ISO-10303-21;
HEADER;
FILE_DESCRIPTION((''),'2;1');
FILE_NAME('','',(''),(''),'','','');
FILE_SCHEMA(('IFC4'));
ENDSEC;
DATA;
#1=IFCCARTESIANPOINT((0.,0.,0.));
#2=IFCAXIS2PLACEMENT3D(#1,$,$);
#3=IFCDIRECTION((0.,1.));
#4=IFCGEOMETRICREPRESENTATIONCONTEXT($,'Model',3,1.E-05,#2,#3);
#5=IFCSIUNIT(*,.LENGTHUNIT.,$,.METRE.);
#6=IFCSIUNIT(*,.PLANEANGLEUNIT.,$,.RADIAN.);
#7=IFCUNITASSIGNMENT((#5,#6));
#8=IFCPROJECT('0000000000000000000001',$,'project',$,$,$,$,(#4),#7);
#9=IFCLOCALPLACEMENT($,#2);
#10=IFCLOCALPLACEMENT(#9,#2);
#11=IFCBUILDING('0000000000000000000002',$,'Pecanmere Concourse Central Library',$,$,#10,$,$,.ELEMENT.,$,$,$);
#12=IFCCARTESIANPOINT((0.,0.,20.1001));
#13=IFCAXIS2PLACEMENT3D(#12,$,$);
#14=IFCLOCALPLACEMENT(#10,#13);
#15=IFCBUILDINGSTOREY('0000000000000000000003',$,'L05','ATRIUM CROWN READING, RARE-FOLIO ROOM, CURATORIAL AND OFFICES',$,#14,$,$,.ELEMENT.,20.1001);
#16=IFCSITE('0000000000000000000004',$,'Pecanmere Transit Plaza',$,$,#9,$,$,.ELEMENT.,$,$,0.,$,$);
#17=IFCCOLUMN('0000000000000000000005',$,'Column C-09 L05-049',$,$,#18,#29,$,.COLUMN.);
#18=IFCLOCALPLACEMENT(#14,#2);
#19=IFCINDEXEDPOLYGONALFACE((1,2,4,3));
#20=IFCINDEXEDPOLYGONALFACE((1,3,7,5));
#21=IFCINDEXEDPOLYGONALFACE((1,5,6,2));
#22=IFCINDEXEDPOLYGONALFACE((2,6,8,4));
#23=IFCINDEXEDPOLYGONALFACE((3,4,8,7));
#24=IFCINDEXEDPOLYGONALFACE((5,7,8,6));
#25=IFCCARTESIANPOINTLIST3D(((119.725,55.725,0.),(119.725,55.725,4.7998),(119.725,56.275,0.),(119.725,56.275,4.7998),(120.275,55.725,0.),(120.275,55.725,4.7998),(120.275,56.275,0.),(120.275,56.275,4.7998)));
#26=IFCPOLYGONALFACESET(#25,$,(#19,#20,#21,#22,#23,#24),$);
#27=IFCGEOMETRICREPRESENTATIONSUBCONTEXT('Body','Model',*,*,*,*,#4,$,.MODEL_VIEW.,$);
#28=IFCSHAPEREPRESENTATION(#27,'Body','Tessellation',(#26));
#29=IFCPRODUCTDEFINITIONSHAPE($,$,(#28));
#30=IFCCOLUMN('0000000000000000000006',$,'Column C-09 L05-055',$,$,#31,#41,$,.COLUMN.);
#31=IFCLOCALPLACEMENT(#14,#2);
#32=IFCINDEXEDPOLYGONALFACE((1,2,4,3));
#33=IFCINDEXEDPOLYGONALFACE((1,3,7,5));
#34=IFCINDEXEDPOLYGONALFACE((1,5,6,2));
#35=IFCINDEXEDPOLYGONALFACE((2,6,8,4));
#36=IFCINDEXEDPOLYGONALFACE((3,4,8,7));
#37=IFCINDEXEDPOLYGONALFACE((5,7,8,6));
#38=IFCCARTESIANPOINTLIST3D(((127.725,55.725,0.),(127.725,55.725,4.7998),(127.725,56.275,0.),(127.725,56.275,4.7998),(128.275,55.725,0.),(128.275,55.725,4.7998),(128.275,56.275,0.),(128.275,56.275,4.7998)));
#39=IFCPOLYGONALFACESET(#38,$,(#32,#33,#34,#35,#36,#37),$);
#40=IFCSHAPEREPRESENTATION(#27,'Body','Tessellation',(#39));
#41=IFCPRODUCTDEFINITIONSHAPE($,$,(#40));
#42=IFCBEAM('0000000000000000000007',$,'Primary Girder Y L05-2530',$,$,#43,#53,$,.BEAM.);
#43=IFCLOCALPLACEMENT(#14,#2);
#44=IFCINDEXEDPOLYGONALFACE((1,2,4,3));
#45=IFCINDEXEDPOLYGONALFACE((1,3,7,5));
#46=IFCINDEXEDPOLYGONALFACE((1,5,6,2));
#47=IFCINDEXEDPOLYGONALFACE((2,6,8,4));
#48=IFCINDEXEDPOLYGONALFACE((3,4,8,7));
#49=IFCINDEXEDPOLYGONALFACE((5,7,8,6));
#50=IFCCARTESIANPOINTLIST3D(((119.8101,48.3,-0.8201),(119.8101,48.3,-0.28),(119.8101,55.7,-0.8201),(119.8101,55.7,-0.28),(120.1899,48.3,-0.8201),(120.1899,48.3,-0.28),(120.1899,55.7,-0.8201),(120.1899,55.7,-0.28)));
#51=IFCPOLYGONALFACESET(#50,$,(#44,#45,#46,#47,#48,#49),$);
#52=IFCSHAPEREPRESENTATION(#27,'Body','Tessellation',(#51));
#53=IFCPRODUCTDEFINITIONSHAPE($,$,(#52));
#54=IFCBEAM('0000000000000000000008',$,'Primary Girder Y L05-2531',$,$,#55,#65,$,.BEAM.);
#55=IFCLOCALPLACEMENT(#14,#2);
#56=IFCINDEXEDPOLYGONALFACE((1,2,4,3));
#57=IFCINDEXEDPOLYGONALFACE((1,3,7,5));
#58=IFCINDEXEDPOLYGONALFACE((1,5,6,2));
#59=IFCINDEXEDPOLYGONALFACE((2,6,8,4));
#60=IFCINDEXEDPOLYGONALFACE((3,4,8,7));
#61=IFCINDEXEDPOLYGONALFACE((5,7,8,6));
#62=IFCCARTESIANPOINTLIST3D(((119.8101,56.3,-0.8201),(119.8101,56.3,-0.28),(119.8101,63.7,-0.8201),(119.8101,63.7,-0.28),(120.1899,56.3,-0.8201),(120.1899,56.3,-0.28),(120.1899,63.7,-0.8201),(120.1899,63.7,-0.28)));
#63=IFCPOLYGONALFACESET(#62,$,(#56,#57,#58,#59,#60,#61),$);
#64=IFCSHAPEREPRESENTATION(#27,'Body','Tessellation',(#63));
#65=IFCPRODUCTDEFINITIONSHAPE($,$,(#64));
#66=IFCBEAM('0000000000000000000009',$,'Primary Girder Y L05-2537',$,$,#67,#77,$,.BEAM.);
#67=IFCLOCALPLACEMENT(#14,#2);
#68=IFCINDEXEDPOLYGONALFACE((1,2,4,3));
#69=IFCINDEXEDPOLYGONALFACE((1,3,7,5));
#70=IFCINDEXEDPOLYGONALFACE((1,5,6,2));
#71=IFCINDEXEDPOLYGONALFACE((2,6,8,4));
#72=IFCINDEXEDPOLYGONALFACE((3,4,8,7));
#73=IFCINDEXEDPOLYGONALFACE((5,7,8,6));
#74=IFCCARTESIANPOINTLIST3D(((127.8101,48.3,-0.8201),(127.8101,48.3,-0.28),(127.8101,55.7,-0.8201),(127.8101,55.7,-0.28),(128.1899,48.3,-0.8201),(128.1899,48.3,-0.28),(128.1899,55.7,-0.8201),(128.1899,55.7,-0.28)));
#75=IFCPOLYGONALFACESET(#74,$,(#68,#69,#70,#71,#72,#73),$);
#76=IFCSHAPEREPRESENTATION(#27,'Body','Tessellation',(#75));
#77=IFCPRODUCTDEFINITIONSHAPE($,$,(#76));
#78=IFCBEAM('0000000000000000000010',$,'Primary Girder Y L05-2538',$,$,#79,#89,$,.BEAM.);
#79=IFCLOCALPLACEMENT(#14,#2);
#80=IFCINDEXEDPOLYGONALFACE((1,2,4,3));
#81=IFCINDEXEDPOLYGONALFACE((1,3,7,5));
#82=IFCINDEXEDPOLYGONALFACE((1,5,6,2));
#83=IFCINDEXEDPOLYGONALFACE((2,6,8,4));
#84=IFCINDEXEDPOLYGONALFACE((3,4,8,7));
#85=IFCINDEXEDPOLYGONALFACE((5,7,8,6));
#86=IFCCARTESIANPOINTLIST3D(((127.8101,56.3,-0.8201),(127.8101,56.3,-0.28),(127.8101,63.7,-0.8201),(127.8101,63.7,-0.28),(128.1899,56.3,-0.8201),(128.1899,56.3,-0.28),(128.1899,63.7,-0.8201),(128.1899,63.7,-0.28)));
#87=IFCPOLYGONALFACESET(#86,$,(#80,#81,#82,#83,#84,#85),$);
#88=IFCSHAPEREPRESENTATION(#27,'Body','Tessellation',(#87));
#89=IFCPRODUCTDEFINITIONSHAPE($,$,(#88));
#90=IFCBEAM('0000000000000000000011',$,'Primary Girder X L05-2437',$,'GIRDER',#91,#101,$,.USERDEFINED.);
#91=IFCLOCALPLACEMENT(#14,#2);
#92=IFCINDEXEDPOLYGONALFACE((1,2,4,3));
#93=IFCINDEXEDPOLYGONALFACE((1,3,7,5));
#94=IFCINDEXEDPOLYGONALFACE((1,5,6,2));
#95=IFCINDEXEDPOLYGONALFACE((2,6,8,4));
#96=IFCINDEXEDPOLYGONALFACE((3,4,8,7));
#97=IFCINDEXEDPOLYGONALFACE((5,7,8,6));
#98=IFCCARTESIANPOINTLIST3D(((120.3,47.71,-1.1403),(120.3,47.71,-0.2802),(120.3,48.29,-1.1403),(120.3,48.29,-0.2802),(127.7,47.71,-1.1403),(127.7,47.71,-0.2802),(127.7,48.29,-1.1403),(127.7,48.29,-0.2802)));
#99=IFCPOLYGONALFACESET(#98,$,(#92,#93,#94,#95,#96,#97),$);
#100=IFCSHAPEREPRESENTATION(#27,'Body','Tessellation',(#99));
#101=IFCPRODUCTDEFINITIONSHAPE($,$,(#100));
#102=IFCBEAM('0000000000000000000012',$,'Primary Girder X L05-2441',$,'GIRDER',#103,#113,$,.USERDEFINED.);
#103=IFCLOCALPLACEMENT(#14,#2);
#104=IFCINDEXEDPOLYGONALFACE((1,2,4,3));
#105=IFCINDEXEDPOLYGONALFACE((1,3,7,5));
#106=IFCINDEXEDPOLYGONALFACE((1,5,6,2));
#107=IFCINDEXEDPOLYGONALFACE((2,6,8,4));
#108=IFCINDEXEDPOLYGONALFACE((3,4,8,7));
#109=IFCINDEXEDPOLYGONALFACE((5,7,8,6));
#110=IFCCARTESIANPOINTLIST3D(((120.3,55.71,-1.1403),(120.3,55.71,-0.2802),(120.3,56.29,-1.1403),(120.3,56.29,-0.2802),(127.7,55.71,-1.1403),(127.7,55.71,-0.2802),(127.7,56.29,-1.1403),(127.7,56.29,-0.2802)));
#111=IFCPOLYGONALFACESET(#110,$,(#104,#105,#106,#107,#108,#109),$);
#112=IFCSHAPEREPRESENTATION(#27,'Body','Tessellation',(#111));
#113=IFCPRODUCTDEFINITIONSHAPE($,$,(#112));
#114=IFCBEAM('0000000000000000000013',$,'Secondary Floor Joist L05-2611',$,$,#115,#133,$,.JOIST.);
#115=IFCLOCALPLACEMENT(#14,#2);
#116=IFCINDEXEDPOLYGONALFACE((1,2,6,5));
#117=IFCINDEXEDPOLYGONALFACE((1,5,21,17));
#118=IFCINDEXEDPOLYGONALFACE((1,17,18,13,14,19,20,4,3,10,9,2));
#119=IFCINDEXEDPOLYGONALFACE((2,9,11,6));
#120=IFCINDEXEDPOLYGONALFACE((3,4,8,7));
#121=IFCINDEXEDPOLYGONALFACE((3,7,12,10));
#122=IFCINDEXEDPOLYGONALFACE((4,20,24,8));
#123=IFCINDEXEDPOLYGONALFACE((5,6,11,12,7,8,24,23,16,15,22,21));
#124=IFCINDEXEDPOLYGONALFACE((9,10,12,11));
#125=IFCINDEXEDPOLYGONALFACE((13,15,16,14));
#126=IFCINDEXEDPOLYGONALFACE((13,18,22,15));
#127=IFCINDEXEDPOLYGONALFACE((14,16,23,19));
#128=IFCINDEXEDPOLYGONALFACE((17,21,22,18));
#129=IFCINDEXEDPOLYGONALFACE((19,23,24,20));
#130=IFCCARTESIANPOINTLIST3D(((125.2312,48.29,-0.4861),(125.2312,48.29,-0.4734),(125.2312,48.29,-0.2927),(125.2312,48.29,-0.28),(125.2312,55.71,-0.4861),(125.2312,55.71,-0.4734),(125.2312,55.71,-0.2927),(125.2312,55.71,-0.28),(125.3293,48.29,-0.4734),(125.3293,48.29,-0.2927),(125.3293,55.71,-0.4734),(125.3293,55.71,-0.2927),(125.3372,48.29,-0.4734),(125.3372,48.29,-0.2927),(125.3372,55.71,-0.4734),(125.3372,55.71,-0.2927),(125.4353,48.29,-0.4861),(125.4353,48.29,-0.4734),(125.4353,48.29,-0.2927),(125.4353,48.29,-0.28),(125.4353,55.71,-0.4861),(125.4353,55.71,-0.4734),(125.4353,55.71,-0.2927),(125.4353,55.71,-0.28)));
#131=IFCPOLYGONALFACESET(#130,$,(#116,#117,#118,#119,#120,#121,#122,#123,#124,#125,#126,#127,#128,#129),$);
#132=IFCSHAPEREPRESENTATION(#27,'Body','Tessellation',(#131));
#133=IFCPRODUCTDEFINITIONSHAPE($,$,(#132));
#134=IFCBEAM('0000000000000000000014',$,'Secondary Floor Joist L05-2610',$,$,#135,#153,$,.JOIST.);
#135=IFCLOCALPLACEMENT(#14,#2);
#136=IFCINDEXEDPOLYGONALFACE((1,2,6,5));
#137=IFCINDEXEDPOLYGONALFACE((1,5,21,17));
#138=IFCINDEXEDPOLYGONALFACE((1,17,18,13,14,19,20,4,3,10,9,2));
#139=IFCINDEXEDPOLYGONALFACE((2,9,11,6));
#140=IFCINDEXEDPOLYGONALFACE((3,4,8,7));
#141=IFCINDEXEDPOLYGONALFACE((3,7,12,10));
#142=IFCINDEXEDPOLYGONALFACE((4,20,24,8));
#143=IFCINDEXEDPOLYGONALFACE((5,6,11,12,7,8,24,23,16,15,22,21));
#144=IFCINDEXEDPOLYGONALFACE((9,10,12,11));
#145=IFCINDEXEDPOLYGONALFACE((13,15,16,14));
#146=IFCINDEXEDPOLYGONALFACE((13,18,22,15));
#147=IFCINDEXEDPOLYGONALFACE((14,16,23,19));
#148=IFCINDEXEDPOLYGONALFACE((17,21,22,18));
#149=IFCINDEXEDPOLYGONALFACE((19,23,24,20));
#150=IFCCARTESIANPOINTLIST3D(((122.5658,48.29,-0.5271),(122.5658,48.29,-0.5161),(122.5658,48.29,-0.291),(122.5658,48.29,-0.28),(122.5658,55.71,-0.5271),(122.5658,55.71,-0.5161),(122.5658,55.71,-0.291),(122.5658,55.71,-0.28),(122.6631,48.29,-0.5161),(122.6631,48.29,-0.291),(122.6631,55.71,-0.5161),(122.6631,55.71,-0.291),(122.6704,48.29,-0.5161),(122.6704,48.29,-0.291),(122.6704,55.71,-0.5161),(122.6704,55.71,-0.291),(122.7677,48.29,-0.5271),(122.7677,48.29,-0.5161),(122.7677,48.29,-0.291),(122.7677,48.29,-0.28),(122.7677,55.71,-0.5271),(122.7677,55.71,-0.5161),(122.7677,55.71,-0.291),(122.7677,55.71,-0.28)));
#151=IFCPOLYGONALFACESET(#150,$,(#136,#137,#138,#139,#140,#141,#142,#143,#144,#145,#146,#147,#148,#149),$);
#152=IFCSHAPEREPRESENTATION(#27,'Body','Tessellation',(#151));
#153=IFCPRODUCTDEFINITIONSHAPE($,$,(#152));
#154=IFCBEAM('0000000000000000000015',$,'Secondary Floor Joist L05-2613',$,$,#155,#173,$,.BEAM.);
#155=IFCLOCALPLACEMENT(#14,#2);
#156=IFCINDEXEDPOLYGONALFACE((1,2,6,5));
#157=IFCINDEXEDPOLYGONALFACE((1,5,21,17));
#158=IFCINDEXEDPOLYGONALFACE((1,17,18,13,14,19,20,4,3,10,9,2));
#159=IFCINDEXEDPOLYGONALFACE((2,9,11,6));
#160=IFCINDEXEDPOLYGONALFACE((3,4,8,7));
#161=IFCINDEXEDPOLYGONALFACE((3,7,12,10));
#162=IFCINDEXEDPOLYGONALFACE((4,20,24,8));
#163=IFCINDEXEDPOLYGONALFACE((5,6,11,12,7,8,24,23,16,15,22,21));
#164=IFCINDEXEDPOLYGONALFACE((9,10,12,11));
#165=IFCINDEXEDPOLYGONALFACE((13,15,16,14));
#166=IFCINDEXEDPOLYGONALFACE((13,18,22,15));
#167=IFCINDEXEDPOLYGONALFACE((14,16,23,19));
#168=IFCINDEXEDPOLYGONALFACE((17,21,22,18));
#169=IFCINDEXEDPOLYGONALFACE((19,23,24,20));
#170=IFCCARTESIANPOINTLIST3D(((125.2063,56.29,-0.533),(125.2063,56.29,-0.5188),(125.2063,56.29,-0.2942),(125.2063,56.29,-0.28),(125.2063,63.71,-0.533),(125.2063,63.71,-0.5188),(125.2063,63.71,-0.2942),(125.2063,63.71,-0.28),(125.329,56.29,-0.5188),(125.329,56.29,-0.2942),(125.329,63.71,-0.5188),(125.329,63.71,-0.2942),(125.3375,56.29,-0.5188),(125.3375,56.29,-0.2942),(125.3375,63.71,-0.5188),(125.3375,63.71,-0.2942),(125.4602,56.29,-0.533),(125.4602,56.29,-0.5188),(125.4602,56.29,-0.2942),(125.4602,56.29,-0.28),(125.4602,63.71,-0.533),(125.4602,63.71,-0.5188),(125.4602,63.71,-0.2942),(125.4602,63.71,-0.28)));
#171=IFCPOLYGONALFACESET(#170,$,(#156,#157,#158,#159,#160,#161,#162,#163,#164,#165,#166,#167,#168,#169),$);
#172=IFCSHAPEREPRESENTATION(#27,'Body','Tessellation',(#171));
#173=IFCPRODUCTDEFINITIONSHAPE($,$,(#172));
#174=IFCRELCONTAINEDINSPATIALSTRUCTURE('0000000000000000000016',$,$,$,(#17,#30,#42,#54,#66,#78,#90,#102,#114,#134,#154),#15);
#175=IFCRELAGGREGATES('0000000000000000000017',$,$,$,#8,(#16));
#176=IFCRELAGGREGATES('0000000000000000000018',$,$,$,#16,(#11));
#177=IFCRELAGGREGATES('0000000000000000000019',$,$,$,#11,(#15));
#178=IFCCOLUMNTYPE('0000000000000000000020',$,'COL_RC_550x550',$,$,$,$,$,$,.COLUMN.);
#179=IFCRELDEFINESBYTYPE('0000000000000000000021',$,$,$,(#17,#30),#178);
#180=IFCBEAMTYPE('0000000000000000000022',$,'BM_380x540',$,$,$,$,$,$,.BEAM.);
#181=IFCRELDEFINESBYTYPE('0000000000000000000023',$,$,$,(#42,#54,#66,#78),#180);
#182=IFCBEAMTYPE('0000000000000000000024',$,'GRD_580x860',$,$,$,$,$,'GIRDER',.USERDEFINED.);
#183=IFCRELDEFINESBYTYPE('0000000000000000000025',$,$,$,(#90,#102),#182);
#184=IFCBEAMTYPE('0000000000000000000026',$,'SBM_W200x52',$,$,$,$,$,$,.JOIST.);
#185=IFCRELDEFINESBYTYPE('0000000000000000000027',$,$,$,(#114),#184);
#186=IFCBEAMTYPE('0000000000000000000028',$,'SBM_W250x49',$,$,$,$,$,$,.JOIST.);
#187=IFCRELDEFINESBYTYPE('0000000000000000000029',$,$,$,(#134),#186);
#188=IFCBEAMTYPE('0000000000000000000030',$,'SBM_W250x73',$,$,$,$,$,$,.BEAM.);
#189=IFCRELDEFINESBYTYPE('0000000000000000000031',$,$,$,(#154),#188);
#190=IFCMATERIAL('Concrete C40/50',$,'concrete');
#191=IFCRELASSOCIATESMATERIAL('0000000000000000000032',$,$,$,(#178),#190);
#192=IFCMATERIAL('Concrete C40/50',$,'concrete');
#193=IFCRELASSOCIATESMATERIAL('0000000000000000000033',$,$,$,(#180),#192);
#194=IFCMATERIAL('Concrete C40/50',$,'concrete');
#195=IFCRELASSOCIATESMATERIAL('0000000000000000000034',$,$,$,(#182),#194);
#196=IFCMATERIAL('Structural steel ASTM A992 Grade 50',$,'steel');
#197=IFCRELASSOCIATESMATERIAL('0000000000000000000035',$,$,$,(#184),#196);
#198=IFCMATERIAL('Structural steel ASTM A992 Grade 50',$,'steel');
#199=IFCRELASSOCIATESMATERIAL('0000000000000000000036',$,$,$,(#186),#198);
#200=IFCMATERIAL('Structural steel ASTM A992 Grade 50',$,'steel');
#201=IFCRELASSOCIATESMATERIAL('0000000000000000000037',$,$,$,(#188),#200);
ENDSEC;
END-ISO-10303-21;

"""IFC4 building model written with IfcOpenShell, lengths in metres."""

from ifc_helpers import new_model, si_unit, direction, frame, origin, origin_2d, place, context, subcontext, project, spatial, rectangle, i_section, extrude, material, material_profile, profile_set, type_object, element, save


model = new_model("IFC4")

# Units and contexts
model_context = context("Model", 3, precision=1e-05, world=origin(), true_north=direction((0.0, 1.0)))
body_context = subcontext(model_context, "Body", "Model", "MODEL_VIEW")
ifc_project = project(units=[si_unit("LENGTHUNIT", "METRE"), si_unit("PLANEANGLEUNIT", "RADIAN")], contexts=[model_context])

# Site, building, storey
site_placement = place(None, origin())
site = spatial("IfcSite", under=ifc_project, at=site_placement, Name="Pecanmere Transit Plaza", CompositionType="ELEMENT", RefElevation=0.0)
building_placement = place(site_placement, origin())
building = spatial("IfcBuilding", under=site, at=building_placement, Name="Pecanmere Concourse Central Library", CompositionType="ELEMENT")
storey_placement = place(building_placement, frame((0.0, 0.0, 20.1001)))
storey = spatial("IfcBuildingStorey", under=building, at=storey_placement, Name="L05", Description="ATRIUM CROWN READING, RARE-FOLIO ROOM, CURATORIAL AND OFFICES", CompositionType="ELEMENT", Elevation=20.1001)

# Columns
ifc_material_1 = material(Name="Concrete C40/50", Category="concrete")
ifc_material_profile_1 = material_profile(ifc_material_1, rectangle(XDim=0.55, YDim=0.55, at=origin_2d()), Name="RC 550x550")
ifc_profile_set_1 = profile_set([ifc_material_profile_1], Name="Concrete C40/50")
column_type = type_object("IfcColumnType", Name="COL_RC_550x550", PredefinedType="COLUMN", material=ifc_profile_set_1)
for number, where, z_axis, x_axis, name in (
    (1, (120.0, 56.0, 0.0), (0.0, 0.0, 1.0), (1.0, 0.0, 0.0), "Column C-09 L05-049"),
    (2, (128.0, 56.0, 0.0), (0.0, 0.0, 1.0), (1.0, 0.0, 0.0), "Column C-09 L05-055"),
):
    element("IfcColumn", number, at=place(storey_placement, frame(where, z_axis=z_axis, x_axis=x_axis)), inside=storey, type_object=column_type, Name=name, PredefinedType="COLUMN", context=body_context, shape_type="SweptSolid", body=[
        extrude(rectangle(XDim=0.55, YDim=0.55, at=origin_2d()), origin(), (0.0, 0.0, 1.0), 4.7998),
    ])

# Beams
ifc_material_2 = material(Name="Concrete C40/50", Category="concrete")
ifc_material_profile_2 = material_profile(ifc_material_2, rectangle(XDim=0.3799, YDim=0.54, at=origin_2d()), Name="RC 380x540")
ifc_profile_set_2 = profile_set([ifc_material_profile_2], Name="Concrete C40/50")
beam_type_1 = type_object("IfcBeamType", Name="BM_380x540", PredefinedType="BEAM", material=ifc_profile_set_2)
for number, where, z_axis, x_axis, name in (
    (3, (120.0, 48.3, -0.55), (0.0, 1.0, 0.0), (-1.0, 0.0, 0.0), "Primary Girder Y L05-2530"),
    (4, (120.0, 56.3, -0.55), (0.0, 1.0, 0.0), (-1.0, 0.0, 0.0), "Primary Girder Y L05-2531"),
    (5, (128.0, 48.3, -0.55), (0.0, 1.0, 0.0), (-1.0, 0.0, 0.0), "Primary Girder Y L05-2537"),
    (6, (128.0, 56.3, -0.55), (0.0, 1.0, 0.0), (-1.0, 0.0, 0.0), "Primary Girder Y L05-2538"),
):
    element("IfcBeam", number, at=place(storey_placement, frame(where, z_axis=z_axis, x_axis=x_axis)), inside=storey, type_object=beam_type_1, Name=name, PredefinedType="BEAM", context=body_context, shape_type="SweptSolid", body=[
        extrude(rectangle(XDim=0.3799, YDim=0.54, at=origin_2d()), origin(), (0.0, 0.0, 1.0), 7.3999),
    ])
ifc_material_3 = material(Name="Concrete C40/50", Category="concrete")
ifc_material_profile_3 = material_profile(ifc_material_3, rectangle(XDim=0.5801, YDim=0.8601, at=origin_2d()), Name="RC 580x860")
ifc_profile_set_3 = profile_set([ifc_material_profile_3], Name="Concrete C40/50")
beam_type_2 = type_object("IfcBeamType", Name="GRD_580x860", ElementType="GIRDER", PredefinedType="USERDEFINED", material=ifc_profile_set_3)
for number, where, z_axis, x_axis, name in (
    (7, (120.3, 48.0, -0.7102), (1.0, 0.0, 0.0), (0.0, 1.0, 0.0), "Primary Girder X L05-2437"),
    (8, (120.3, 56.0, -0.7102), (1.0, 0.0, 0.0), (0.0, 1.0, 0.0), "Primary Girder X L05-2441"),
):
    element("IfcBeam", number, at=place(storey_placement, frame(where, z_axis=z_axis, x_axis=x_axis)), inside=storey, type_object=beam_type_2, Name=name, ObjectType="GIRDER", PredefinedType="USERDEFINED", context=body_context, shape_type="SweptSolid", body=[
        extrude(rectangle(XDim=0.5801, YDim=0.8601, at=origin_2d()), origin(), (0.0, 0.0, 1.0), 7.3999),
    ])
ifc_material_4 = material(Name="Structural steel ASTM A992 Grade 50", Category="steel")
ifc_material_profile_4 = material_profile(ifc_material_4, i_section(OverallWidth=0.2041, OverallDepth=0.2061, WebThickness=0.0078, FlangeThickness=0.0127, at=origin_2d()), Name="W200x52")
ifc_profile_set_4 = profile_set([ifc_material_profile_4], Name="Structural steel ASTM A992 Grade 50")
beam_type_3 = type_object("IfcBeamType", Name="SBM_W200x52", PredefinedType="JOIST", material=ifc_profile_set_4)
beam_1_placement = place(storey_placement, frame((125.3333, 48.29, -0.3831), z_axis=(0.0, 1.0, 0.0), x_axis=(-1.0, 0.0, 0.0)))
element("IfcBeam", 9, at=beam_1_placement, inside=storey, type_object=beam_type_3, Name="Secondary Floor Joist L05-2611", PredefinedType="JOIST", context=body_context, shape_type="SweptSolid", body=[
    extrude(i_section(OverallWidth=0.2041, OverallDepth=0.2061, WebThickness=0.0078, FlangeThickness=0.0127, at=origin_2d()), origin(), (0.0, 0.0, 1.0), 7.4199),
])
ifc_material_5 = material(Name="Structural steel ASTM A992 Grade 50", Category="steel")
ifc_material_profile_5 = material_profile(ifc_material_5, i_section(OverallWidth=0.2019, OverallDepth=0.2471, WebThickness=0.0073, FlangeThickness=0.011, at=origin_2d()), Name="W250x49.1")
ifc_profile_set_5 = profile_set([ifc_material_profile_5], Name="Structural steel ASTM A992 Grade 50")
beam_type_4 = type_object("IfcBeamType", Name="SBM_W250x49", PredefinedType="JOIST", material=ifc_profile_set_5)
beam_2_placement = place(storey_placement, frame((122.6667, 48.29, -0.4036), z_axis=(0.0, 1.0, 0.0), x_axis=(-1.0, 0.0, 0.0)))
element("IfcBeam", 10, at=beam_2_placement, inside=storey, type_object=beam_type_4, Name="Secondary Floor Joist L05-2610", PredefinedType="JOIST", context=body_context, shape_type="SweptSolid", body=[
    extrude(i_section(OverallWidth=0.2019, OverallDepth=0.2471, WebThickness=0.0073, FlangeThickness=0.011, at=origin_2d()), origin(), (0.0, 0.0, 1.0), 7.4199),
])
ifc_material_6 = material(Name="Structural steel ASTM A992 Grade 50", Category="steel")
ifc_material_profile_6 = material_profile(ifc_material_6, i_section(OverallWidth=0.2539, OverallDepth=0.2529, WebThickness=0.0085, FlangeThickness=0.0142, at=origin_2d()), Name="W250x73")
ifc_profile_set_6 = profile_set([ifc_material_profile_6], Name="Structural steel ASTM A992 Grade 50")
beam_type_5 = type_object("IfcBeamType", Name="SBM_W250x73", PredefinedType="BEAM", material=ifc_profile_set_6)
beam_3_placement = place(storey_placement, frame((125.3333, 56.29, -0.4065), z_axis=(0.0, 1.0, 0.0), x_axis=(-1.0, 0.0, 0.0)))
element("IfcBeam", 11, at=beam_3_placement, inside=storey, type_object=beam_type_5, Name="Secondary Floor Joist L05-2613", PredefinedType="BEAM", context=body_context, shape_type="SweptSolid", body=[
    extrude(i_section(OverallWidth=0.2539, OverallDepth=0.2529, WebThickness=0.0085, FlangeThickness=0.0142, at=origin_2d()), origin(), (0.0, 0.0, 1.0), 7.4199),
])

save(model, "model.ifc")
